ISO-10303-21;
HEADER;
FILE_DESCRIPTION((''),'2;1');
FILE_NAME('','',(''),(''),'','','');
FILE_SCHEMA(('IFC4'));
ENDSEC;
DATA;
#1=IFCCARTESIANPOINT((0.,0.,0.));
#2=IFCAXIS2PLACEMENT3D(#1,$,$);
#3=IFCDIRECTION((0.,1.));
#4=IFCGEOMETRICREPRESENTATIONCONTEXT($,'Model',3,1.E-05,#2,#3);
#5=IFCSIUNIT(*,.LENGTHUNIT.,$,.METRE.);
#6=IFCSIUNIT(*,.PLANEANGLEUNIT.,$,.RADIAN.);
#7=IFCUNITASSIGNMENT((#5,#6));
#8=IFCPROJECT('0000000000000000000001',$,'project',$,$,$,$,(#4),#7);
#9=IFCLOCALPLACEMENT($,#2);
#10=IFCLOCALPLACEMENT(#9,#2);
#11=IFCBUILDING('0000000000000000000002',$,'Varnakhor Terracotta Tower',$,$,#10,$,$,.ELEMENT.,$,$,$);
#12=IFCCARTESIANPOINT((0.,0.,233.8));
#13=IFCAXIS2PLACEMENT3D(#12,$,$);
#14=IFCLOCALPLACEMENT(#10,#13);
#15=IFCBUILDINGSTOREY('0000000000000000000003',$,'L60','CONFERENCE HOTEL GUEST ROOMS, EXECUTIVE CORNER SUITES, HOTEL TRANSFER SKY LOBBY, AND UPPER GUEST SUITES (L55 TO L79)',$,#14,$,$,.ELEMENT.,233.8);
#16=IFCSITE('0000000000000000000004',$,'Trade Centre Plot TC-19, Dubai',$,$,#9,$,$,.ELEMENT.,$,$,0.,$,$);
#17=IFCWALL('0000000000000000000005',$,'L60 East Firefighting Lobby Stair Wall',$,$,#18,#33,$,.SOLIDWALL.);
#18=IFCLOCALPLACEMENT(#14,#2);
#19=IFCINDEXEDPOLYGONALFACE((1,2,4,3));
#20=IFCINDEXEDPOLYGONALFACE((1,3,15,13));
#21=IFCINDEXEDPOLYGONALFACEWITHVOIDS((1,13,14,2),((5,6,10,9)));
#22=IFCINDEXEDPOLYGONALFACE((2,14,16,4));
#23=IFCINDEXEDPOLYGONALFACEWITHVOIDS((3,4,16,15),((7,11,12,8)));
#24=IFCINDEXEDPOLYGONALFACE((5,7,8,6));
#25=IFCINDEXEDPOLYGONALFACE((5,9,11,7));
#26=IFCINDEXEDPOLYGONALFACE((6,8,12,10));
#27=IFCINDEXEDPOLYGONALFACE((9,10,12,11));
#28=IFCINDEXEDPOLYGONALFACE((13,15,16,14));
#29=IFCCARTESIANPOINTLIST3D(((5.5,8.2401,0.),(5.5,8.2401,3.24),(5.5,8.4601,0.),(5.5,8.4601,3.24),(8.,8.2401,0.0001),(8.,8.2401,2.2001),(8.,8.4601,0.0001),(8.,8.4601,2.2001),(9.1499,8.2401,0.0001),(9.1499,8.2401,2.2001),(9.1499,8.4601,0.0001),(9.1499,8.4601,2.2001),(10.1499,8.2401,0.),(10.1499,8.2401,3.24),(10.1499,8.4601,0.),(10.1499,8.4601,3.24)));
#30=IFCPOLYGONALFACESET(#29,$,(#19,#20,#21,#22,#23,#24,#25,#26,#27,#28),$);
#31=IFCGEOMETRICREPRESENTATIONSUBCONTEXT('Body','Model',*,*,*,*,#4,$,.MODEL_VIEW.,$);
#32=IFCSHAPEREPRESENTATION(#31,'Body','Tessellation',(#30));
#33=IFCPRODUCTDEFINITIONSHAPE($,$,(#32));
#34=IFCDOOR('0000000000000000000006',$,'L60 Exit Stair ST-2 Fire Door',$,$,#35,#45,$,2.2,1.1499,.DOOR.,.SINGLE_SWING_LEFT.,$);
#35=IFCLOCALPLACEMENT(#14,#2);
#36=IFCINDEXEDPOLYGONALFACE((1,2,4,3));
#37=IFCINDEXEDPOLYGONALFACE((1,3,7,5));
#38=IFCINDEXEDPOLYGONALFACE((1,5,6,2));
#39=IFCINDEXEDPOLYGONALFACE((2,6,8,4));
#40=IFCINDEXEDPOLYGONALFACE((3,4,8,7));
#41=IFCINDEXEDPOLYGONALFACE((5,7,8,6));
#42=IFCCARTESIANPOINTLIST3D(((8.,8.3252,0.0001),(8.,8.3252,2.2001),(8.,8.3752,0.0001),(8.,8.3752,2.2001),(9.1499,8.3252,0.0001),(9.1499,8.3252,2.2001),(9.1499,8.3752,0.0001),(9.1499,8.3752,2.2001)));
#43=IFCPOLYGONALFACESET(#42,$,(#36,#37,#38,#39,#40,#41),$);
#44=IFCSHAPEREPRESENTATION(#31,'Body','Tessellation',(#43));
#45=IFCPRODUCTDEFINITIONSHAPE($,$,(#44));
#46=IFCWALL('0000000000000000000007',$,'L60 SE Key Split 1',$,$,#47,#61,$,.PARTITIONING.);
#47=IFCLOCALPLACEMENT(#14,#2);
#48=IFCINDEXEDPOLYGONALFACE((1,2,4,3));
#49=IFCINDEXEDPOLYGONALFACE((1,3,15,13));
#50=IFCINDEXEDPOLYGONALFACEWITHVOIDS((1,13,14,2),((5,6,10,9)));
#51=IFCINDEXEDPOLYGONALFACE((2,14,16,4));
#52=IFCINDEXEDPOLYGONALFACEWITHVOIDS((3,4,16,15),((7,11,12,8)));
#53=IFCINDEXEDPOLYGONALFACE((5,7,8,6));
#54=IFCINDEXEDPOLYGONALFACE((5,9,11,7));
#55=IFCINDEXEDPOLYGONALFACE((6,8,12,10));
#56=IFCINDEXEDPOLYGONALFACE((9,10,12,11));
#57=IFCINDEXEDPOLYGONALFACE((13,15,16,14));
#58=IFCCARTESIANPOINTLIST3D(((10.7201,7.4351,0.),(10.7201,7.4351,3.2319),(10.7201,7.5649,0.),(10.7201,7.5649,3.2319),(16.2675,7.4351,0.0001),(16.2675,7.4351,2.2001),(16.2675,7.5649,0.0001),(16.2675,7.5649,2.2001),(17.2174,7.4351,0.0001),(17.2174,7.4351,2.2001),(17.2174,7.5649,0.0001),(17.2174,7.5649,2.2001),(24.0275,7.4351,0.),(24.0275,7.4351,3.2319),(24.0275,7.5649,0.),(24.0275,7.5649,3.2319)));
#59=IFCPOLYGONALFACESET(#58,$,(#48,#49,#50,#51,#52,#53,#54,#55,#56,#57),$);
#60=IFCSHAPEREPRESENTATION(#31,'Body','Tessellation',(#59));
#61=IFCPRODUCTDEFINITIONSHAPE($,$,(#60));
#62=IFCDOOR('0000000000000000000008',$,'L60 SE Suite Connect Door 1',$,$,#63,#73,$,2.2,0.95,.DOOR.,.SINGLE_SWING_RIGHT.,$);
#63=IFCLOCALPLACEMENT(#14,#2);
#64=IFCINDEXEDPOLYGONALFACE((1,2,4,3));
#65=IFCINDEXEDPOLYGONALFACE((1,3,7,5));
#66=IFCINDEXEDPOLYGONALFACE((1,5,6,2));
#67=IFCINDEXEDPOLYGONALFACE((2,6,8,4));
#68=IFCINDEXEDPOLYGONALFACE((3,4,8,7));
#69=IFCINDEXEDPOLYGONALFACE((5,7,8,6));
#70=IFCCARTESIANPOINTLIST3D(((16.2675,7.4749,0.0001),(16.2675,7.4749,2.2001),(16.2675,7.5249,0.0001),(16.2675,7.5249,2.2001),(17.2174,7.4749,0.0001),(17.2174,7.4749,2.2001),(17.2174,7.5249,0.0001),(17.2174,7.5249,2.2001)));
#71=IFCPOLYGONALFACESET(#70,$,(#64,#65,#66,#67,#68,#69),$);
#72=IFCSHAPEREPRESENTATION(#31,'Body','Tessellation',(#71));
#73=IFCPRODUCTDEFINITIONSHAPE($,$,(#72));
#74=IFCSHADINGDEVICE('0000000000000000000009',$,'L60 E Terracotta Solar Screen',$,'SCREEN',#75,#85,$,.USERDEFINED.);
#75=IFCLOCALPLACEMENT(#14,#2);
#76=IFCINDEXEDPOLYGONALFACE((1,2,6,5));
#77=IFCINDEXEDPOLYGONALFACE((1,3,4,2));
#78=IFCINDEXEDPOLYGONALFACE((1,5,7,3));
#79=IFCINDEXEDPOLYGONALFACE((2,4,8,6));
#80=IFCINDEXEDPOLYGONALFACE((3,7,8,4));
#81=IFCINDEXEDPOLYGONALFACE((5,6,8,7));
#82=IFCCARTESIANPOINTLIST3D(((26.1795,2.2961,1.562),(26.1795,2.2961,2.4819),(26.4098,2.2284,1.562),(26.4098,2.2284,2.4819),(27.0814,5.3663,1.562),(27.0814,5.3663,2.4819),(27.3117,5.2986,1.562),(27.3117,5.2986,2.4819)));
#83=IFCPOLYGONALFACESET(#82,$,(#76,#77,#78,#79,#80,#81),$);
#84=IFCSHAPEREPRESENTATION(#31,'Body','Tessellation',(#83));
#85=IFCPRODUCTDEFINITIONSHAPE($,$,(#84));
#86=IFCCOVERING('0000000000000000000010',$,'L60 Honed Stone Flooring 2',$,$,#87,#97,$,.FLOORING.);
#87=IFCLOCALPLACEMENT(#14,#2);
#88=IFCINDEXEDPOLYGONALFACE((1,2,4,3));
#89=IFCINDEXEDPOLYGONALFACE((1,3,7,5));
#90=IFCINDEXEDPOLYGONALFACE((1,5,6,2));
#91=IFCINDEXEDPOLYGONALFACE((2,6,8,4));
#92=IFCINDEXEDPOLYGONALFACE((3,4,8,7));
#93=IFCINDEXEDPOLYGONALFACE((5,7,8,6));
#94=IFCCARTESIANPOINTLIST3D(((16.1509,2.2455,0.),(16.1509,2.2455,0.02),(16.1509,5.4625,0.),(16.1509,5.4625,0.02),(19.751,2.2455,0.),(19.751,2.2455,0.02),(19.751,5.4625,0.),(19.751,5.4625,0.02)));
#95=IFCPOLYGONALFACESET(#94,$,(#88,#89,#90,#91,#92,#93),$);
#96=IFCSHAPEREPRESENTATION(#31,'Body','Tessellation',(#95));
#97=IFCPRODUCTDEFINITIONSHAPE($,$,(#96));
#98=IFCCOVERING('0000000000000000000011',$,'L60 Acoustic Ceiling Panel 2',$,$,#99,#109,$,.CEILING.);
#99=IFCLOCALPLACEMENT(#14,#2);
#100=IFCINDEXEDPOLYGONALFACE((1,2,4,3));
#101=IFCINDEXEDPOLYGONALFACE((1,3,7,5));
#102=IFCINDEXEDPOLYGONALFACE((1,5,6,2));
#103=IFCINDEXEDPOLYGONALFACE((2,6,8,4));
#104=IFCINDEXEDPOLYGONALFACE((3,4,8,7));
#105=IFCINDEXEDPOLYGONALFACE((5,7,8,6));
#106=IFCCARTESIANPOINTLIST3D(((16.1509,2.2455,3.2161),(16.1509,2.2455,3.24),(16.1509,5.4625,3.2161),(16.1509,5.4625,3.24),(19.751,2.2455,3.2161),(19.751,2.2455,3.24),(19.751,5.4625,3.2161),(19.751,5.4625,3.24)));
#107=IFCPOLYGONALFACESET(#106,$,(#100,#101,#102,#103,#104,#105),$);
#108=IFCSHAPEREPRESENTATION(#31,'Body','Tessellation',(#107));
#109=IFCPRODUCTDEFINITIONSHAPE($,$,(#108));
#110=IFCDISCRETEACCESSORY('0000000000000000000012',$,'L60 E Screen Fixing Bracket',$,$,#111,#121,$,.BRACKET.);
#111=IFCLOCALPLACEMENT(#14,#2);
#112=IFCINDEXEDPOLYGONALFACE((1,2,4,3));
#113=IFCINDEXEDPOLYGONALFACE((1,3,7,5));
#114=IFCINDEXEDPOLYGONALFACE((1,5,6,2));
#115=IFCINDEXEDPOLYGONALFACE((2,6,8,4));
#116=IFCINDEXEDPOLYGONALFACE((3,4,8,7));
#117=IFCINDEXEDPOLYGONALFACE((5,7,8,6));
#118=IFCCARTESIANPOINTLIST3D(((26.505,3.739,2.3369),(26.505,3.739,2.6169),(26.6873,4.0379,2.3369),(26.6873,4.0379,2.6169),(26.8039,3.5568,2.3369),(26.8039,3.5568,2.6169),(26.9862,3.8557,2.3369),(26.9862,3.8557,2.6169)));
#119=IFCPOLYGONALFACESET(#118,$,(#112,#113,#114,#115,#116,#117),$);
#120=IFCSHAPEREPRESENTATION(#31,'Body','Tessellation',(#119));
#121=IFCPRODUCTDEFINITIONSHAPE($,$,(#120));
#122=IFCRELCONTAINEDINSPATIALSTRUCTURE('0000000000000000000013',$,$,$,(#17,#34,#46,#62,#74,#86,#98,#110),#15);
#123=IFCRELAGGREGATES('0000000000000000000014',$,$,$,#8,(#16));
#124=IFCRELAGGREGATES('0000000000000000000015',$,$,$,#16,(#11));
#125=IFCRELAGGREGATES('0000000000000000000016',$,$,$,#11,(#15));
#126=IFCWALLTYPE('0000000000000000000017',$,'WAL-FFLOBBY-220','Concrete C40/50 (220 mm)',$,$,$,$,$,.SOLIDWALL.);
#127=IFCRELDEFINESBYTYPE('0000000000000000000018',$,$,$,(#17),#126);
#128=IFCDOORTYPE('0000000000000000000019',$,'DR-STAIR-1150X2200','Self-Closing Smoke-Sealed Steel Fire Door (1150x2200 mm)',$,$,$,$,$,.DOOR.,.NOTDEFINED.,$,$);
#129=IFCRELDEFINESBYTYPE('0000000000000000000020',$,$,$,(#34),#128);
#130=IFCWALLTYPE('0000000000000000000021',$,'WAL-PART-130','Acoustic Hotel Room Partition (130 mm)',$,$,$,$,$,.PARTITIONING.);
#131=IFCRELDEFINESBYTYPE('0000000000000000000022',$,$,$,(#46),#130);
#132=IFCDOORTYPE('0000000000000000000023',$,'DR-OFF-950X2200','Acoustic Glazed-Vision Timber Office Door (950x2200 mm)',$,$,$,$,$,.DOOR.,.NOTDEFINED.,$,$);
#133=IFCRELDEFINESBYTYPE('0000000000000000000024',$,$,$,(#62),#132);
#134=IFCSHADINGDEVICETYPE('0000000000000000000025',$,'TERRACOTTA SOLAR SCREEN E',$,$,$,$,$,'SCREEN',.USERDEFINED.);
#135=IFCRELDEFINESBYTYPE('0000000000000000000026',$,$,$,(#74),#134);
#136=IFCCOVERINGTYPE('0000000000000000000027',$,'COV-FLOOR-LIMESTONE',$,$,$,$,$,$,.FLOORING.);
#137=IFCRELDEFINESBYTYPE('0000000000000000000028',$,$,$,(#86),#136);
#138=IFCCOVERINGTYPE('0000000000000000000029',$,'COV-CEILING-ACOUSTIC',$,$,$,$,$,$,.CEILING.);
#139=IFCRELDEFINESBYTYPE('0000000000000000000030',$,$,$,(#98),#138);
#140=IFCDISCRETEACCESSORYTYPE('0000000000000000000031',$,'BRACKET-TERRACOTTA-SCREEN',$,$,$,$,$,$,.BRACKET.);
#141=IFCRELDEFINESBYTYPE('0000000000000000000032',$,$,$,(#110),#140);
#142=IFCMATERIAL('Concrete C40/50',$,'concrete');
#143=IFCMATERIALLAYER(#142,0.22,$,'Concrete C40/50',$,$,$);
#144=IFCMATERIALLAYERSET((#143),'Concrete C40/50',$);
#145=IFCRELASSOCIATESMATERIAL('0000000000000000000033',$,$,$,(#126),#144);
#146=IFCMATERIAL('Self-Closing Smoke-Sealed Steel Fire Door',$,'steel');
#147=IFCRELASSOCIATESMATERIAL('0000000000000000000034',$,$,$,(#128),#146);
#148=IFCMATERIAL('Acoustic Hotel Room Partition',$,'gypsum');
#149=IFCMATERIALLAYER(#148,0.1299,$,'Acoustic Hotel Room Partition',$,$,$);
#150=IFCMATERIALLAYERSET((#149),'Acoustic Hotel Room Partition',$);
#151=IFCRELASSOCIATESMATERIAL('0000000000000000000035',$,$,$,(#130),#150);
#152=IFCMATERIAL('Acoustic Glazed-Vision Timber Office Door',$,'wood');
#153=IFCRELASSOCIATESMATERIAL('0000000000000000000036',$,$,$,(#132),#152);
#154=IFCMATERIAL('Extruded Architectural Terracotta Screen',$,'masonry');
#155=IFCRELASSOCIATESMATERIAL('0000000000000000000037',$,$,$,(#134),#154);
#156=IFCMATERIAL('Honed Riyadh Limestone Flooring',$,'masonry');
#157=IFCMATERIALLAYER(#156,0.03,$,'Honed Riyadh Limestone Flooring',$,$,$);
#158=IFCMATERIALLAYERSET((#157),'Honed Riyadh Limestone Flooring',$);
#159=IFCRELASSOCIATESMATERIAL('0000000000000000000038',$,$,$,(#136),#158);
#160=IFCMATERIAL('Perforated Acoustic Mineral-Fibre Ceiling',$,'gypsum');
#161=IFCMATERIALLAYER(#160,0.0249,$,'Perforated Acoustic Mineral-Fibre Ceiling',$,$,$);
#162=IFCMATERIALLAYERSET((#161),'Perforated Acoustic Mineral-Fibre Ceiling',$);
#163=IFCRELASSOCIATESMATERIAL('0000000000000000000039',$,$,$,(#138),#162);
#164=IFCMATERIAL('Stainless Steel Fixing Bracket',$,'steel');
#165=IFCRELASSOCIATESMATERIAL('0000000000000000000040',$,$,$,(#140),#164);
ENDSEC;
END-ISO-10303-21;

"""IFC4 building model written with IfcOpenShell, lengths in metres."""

from ifc_helpers import new_model, si_unit, direction, frame, frame_2d, origin, origin_2d, place, context, subcontext, project, spatial, rectangle, extrude, source, transform, mapped, material, layer, layer_set, type_object, type_shapes, element, fill, save


model = new_model("IFC4")

# Units and contexts
model_context = context("Model", 3, precision=1e-05, world=origin(), true_north=direction((0.0, 1.0)))
body_context = subcontext(model_context, "Body", "Model", "MODEL_VIEW")
ifc_project = project(units=[si_unit("LENGTHUNIT", "METRE"), si_unit("PLANEANGLEUNIT", "RADIAN")], contexts=[model_context])

# Site, building, storey
site_placement = place(None, origin())
site = spatial("IfcSite", under=ifc_project, at=site_placement, Name="Trade Centre Plot TC-19, Dubai", CompositionType="ELEMENT", RefElevation=0.0)
building_placement = place(site_placement, origin())
building = spatial("IfcBuilding", under=site, at=building_placement, Name="Varnakhor Terracotta Tower", CompositionType="ELEMENT")
storey_placement = place(building_placement, frame((0.0, 0.0, 233.8)))
storey = spatial("IfcBuildingStorey", under=building, at=storey_placement, Name="L60", Description="CONFERENCE HOTEL GUEST ROOMS, EXECUTIVE CORNER SUITES, HOTEL TRANSFER SKY LOBBY, AND UPPER GUEST SUITES (L55 TO L79)", CompositionType="ELEMENT", Elevation=233.8)

# Walls, openings, doors
ifc_material_1 = material(Name="Concrete C40/50", Category="concrete")
ifc_layer_1 = layer(ifc_material_1, 0.22, Name="Concrete C40/50")
ifc_layer_set_1 = layer_set([ifc_layer_1], Name="Concrete C40/50")
wall_type_1 = type_object("IfcWallType", Name="WAL-FFLOBBY-220", Description="Concrete C40/50 (220 mm)", PredefinedType="SOLIDWALL", material=ifc_layer_set_1)
wall_1_placement = place(storey_placement, frame((10.1499, 8.3501, 0.0), z_axis=(0.0, 0.0, 1.0), x_axis=(-1.0, 0.0, 0.0)))
wall_1 = element("IfcWall", 1, at=wall_1_placement, inside=storey, type_object=wall_type_1, Name="L60 East Firefighting Lobby Stair Wall", PredefinedType="SOLIDWALL", context=body_context, shape_type="SweptSolid", body=[
    extrude(rectangle(XDim=4.6499, YDim=0.22, at=frame_2d((2.325, 0.0))), origin(), (0.0, 0.0, 1.0), 3.24),
])
opening_1_placement = place(wall_1_placement, frame((1.0, 0.0, 0.0)))
opening_1 = element("IfcOpeningElement", 2, at=opening_1_placement, cuts=wall_1, PredefinedType="OPENING", context=body_context, shape_type="SweptSolid", body=[
    extrude(rectangle(XDim=1.1499, YDim=2.2, at=frame_2d((0.575, 1.1001))), frame((0.0, 0.1201, 0.0), z_axis=(0.0, -1.0, 0.0), x_axis=(1.0, 0.0, 0.0)), (0.0, 0.0, 1.0), 0.24),
])
ifc_material_2 = material(Name="Self-Closing Smoke-Sealed Steel Fire Door", Category="steel")
door_type_1 = type_object("IfcDoorType", Name="DR-STAIR-1150X2200", Description="Self-Closing Smoke-Sealed Steel Fire Door (1150x2200 mm)", OperationType="NOTDEFINED", PredefinedType="DOOR", material=ifc_material_2)
shared_shape_1 = source(origin(), body_context, "Body", "SweptSolid", [
    extrude(rectangle(XDim=1.1499, YDim=2.2, at=frame_2d((0.575, 1.1001))), frame((0.0, 0.0249, 0.0), z_axis=(0.0, -1.0, 0.0), x_axis=(1.0, 0.0, 0.0)), (0.0, 0.0, 1.0), 0.05),
])
type_shapes(door_type_1, [shared_shape_1])
door_1_placement = place(opening_1_placement, origin())
door_1 = element("IfcDoor", 3, at=door_1_placement, inside=storey, type_object=door_type_1, Name="L60 Exit Stair ST-2 Fire Door", OperationType="SINGLE_SWING_LEFT", OverallHeight=2.2, OverallWidth=1.1499, PredefinedType="DOOR", context=body_context, shape_type="MappedRepresentation", body=[
    mapped(shared_shape_1, transform((0.0, 0.0, 0.0), scale=1.0)),
])
fill(opening_1, door_1)
ifc_material_3 = material(Name="Acoustic Hotel Room Partition", Category="gypsum")
ifc_layer_2 = layer(ifc_material_3, 0.1299, Name="Acoustic Hotel Room Partition")
ifc_layer_set_2 = layer_set([ifc_layer_2], Name="Acoustic Hotel Room Partition")
wall_type_2 = type_object("IfcWallType", Name="WAL-PART-130", Description="Acoustic Hotel Room Partition (130 mm)", PredefinedType="PARTITIONING", material=ifc_layer_set_2)
wall_2_placement = place(storey_placement, frame((10.72, 7.5, 0.0), z_axis=(0.0, 0.0, 1.0), x_axis=(1.0, 0.0, 0.0)))
wall_2 = element("IfcWall", 4, at=wall_2_placement, inside=storey, type_object=wall_type_2, Name="L60 SE Key Split 1", PredefinedType="PARTITIONING", context=body_context, shape_type="SweptSolid", body=[
    extrude(rectangle(XDim=13.3074, YDim=0.1299, at=frame_2d((6.6538, 0.0))), origin(), (0.0, 0.0, 1.0), 3.2319),
])
opening_2_placement = place(wall_2_placement, frame((5.5474, 0.0, 0.0)))
opening_2 = element("IfcOpeningElement", 5, at=opening_2_placement, cuts=wall_2, PredefinedType="OPENING", context=body_context, shape_type="SweptSolid", body=[
    extrude(rectangle(XDim=0.95, YDim=2.2, at=frame_2d((0.4751, 1.1001))), frame((0.0, 0.075, 0.0), z_axis=(0.0, -1.0, 0.0), x_axis=(1.0, 0.0, 0.0)), (0.0, 0.0, 1.0), 0.1499),
])
ifc_material_4 = material(Name="Acoustic Glazed-Vision Timber Office Door", Category="wood")
door_type_2 = type_object("IfcDoorType", Name="DR-OFF-950X2200", Description="Acoustic Glazed-Vision Timber Office Door (950x2200 mm)", OperationType="NOTDEFINED", PredefinedType="DOOR", material=ifc_material_4)
shared_shape_2 = source(origin(), body_context, "Body", "SweptSolid", [
    extrude(rectangle(XDim=0.95, YDim=2.2, at=frame_2d((0.4751, 1.1001))), frame((0.0, 0.0249, 0.0), z_axis=(0.0, -1.0, 0.0), x_axis=(1.0, 0.0, 0.0)), (0.0, 0.0, 1.0), 0.05),
])
type_shapes(door_type_2, [shared_shape_2])
door_2_placement = place(opening_2_placement, origin())
door_2 = element("IfcDoor", 6, at=door_2_placement, inside=storey, type_object=door_type_2, Name="L60 SE Suite Connect Door 1", OperationType="SINGLE_SWING_RIGHT", OverallHeight=2.2, OverallWidth=0.95, PredefinedType="DOOR", context=body_context, shape_type="MappedRepresentation", body=[
    mapped(shared_shape_2, transform((0.0, 0.0, 0.0), scale=1.0)),
])
fill(opening_2, door_2)

# Shading device
ifc_material_5 = material(Name="Extruded Architectural Terracotta Screen", Category="masonry")
shading_device_type = type_object("IfcShadingDeviceType", Name="TERRACOTTA SOLAR SCREEN E", ElementType="SCREEN", PredefinedType="USERDEFINED", material=ifc_material_5)
shared_shape_3 = source(origin(), body_context, "Body", "SweptSolid", [
    extrude(rectangle(XDim=3.2, YDim=0.24, at=origin_2d()), origin(), (0.0, 0.0, 1.0), 0.9199),
])
type_shapes(shading_device_type, [shared_shape_3])
shading_device_placement = place(storey_placement, frame((26.7456, 3.7974, 1.562), z_axis=(0.0, 0.0, 1.0), x_axis=(0.281856, 0.959457, 0.0)))
element("IfcShadingDevice", 7, at=shading_device_placement, inside=storey, type_object=shading_device_type, Name="L60 E Terracotta Solar Screen", ObjectType="SCREEN", PredefinedType="USERDEFINED", context=body_context, shape_type="MappedRepresentation", body=[
    mapped(shared_shape_3, transform((0.0, 0.0, 0.0), scale=1.0)),
])

# Coverings
ifc_material_6 = material(Name="Honed Riyadh Limestone Flooring", Category="masonry")
ifc_layer_3 = layer(ifc_material_6, 0.03, Name="Honed Riyadh Limestone Flooring")
ifc_layer_set_3 = layer_set([ifc_layer_3], Name="Honed Riyadh Limestone Flooring")
covering_type_1 = type_object("IfcCoveringType", Name="COV-FLOOR-LIMESTONE", PredefinedType="FLOORING", material=ifc_layer_set_3)
shared_shape_4 = source(origin(), body_context, "Body", "SweptSolid", [
    extrude(rectangle(XDim=3.6001, YDim=3.217, at=origin_2d()), origin(), (0.0, 0.0, 1.0), 0.02),
])
covering_1_placement = place(storey_placement, frame((17.9509, 3.854, 0.0), z_axis=(0.0, 0.0, 1.0), x_axis=(1.0, 0.0, 0.0)))
element("IfcCovering", 8, at=covering_1_placement, inside=storey, type_object=covering_type_1, Name="L60 Honed Stone Flooring 2", PredefinedType="FLOORING", context=body_context, shape_type="MappedRepresentation", body=[
    mapped(shared_shape_4, transform((0.0, 0.0, 0.0), scale=1.0)),
])
ifc_material_7 = material(Name="Perforated Acoustic Mineral-Fibre Ceiling", Category="gypsum")
ifc_layer_4 = layer(ifc_material_7, 0.0249, Name="Perforated Acoustic Mineral-Fibre Ceiling")
ifc_layer_set_4 = layer_set([ifc_layer_4], Name="Perforated Acoustic Mineral-Fibre Ceiling")
covering_type_2 = type_object("IfcCoveringType", Name="COV-CEILING-ACOUSTIC", PredefinedType="CEILING", material=ifc_layer_set_4)
shared_shape_5 = source(origin(), body_context, "Body", "SweptSolid", [
    extrude(rectangle(XDim=3.6001, YDim=3.217, at=origin_2d()), origin(), (0.0, 0.0, 1.0), 0.0239),
])
covering_2_placement = place(storey_placement, frame((17.9509, 3.854, 3.2161), z_axis=(0.0, 0.0, 1.0), x_axis=(1.0, 0.0, 0.0)))
element("IfcCovering", 9, at=covering_2_placement, inside=storey, type_object=covering_type_2, Name="L60 Acoustic Ceiling Panel 2", PredefinedType="CEILING", context=body_context, shape_type="MappedRepresentation", body=[
    mapped(shared_shape_5, transform((0.0, 0.0, 0.0), scale=1.0)),
])

# Discrete accessory
ifc_material_8 = material(Name="Stainless Steel Fixing Bracket", Category="steel")
discrete_accessory_type = type_object("IfcDiscreteAccessoryType", Name="BRACKET-TERRACOTTA-SCREEN", PredefinedType="BRACKET", material=ifc_material_8)
shared_shape_6 = source(origin(), body_context, "Body", "SweptSolid", [
    extrude(rectangle(XDim=0.3501, YDim=0.3501, at=origin_2d()), origin(), (0.0, 0.0, 1.0), 0.28),
])
type_shapes(discrete_accessory_type, [shared_shape_6])
discrete_accessory_placement = place(storey_placement, frame((26.7456, 3.7974, 2.3369), z_axis=(0.0, 0.0, 1.0), x_axis=(0.520578, 0.853814, 0.0)))
element("IfcDiscreteAccessory", 10, at=discrete_accessory_placement, inside=storey, type_object=discrete_accessory_type, Name="L60 E Screen Fixing Bracket", PredefinedType="BRACKET", context=body_context, shape_type="MappedRepresentation", body=[
    mapped(shared_shape_6, transform((0.0, 0.0, 0.0), scale=1.0)),
])

save(model, "model.ifc")
